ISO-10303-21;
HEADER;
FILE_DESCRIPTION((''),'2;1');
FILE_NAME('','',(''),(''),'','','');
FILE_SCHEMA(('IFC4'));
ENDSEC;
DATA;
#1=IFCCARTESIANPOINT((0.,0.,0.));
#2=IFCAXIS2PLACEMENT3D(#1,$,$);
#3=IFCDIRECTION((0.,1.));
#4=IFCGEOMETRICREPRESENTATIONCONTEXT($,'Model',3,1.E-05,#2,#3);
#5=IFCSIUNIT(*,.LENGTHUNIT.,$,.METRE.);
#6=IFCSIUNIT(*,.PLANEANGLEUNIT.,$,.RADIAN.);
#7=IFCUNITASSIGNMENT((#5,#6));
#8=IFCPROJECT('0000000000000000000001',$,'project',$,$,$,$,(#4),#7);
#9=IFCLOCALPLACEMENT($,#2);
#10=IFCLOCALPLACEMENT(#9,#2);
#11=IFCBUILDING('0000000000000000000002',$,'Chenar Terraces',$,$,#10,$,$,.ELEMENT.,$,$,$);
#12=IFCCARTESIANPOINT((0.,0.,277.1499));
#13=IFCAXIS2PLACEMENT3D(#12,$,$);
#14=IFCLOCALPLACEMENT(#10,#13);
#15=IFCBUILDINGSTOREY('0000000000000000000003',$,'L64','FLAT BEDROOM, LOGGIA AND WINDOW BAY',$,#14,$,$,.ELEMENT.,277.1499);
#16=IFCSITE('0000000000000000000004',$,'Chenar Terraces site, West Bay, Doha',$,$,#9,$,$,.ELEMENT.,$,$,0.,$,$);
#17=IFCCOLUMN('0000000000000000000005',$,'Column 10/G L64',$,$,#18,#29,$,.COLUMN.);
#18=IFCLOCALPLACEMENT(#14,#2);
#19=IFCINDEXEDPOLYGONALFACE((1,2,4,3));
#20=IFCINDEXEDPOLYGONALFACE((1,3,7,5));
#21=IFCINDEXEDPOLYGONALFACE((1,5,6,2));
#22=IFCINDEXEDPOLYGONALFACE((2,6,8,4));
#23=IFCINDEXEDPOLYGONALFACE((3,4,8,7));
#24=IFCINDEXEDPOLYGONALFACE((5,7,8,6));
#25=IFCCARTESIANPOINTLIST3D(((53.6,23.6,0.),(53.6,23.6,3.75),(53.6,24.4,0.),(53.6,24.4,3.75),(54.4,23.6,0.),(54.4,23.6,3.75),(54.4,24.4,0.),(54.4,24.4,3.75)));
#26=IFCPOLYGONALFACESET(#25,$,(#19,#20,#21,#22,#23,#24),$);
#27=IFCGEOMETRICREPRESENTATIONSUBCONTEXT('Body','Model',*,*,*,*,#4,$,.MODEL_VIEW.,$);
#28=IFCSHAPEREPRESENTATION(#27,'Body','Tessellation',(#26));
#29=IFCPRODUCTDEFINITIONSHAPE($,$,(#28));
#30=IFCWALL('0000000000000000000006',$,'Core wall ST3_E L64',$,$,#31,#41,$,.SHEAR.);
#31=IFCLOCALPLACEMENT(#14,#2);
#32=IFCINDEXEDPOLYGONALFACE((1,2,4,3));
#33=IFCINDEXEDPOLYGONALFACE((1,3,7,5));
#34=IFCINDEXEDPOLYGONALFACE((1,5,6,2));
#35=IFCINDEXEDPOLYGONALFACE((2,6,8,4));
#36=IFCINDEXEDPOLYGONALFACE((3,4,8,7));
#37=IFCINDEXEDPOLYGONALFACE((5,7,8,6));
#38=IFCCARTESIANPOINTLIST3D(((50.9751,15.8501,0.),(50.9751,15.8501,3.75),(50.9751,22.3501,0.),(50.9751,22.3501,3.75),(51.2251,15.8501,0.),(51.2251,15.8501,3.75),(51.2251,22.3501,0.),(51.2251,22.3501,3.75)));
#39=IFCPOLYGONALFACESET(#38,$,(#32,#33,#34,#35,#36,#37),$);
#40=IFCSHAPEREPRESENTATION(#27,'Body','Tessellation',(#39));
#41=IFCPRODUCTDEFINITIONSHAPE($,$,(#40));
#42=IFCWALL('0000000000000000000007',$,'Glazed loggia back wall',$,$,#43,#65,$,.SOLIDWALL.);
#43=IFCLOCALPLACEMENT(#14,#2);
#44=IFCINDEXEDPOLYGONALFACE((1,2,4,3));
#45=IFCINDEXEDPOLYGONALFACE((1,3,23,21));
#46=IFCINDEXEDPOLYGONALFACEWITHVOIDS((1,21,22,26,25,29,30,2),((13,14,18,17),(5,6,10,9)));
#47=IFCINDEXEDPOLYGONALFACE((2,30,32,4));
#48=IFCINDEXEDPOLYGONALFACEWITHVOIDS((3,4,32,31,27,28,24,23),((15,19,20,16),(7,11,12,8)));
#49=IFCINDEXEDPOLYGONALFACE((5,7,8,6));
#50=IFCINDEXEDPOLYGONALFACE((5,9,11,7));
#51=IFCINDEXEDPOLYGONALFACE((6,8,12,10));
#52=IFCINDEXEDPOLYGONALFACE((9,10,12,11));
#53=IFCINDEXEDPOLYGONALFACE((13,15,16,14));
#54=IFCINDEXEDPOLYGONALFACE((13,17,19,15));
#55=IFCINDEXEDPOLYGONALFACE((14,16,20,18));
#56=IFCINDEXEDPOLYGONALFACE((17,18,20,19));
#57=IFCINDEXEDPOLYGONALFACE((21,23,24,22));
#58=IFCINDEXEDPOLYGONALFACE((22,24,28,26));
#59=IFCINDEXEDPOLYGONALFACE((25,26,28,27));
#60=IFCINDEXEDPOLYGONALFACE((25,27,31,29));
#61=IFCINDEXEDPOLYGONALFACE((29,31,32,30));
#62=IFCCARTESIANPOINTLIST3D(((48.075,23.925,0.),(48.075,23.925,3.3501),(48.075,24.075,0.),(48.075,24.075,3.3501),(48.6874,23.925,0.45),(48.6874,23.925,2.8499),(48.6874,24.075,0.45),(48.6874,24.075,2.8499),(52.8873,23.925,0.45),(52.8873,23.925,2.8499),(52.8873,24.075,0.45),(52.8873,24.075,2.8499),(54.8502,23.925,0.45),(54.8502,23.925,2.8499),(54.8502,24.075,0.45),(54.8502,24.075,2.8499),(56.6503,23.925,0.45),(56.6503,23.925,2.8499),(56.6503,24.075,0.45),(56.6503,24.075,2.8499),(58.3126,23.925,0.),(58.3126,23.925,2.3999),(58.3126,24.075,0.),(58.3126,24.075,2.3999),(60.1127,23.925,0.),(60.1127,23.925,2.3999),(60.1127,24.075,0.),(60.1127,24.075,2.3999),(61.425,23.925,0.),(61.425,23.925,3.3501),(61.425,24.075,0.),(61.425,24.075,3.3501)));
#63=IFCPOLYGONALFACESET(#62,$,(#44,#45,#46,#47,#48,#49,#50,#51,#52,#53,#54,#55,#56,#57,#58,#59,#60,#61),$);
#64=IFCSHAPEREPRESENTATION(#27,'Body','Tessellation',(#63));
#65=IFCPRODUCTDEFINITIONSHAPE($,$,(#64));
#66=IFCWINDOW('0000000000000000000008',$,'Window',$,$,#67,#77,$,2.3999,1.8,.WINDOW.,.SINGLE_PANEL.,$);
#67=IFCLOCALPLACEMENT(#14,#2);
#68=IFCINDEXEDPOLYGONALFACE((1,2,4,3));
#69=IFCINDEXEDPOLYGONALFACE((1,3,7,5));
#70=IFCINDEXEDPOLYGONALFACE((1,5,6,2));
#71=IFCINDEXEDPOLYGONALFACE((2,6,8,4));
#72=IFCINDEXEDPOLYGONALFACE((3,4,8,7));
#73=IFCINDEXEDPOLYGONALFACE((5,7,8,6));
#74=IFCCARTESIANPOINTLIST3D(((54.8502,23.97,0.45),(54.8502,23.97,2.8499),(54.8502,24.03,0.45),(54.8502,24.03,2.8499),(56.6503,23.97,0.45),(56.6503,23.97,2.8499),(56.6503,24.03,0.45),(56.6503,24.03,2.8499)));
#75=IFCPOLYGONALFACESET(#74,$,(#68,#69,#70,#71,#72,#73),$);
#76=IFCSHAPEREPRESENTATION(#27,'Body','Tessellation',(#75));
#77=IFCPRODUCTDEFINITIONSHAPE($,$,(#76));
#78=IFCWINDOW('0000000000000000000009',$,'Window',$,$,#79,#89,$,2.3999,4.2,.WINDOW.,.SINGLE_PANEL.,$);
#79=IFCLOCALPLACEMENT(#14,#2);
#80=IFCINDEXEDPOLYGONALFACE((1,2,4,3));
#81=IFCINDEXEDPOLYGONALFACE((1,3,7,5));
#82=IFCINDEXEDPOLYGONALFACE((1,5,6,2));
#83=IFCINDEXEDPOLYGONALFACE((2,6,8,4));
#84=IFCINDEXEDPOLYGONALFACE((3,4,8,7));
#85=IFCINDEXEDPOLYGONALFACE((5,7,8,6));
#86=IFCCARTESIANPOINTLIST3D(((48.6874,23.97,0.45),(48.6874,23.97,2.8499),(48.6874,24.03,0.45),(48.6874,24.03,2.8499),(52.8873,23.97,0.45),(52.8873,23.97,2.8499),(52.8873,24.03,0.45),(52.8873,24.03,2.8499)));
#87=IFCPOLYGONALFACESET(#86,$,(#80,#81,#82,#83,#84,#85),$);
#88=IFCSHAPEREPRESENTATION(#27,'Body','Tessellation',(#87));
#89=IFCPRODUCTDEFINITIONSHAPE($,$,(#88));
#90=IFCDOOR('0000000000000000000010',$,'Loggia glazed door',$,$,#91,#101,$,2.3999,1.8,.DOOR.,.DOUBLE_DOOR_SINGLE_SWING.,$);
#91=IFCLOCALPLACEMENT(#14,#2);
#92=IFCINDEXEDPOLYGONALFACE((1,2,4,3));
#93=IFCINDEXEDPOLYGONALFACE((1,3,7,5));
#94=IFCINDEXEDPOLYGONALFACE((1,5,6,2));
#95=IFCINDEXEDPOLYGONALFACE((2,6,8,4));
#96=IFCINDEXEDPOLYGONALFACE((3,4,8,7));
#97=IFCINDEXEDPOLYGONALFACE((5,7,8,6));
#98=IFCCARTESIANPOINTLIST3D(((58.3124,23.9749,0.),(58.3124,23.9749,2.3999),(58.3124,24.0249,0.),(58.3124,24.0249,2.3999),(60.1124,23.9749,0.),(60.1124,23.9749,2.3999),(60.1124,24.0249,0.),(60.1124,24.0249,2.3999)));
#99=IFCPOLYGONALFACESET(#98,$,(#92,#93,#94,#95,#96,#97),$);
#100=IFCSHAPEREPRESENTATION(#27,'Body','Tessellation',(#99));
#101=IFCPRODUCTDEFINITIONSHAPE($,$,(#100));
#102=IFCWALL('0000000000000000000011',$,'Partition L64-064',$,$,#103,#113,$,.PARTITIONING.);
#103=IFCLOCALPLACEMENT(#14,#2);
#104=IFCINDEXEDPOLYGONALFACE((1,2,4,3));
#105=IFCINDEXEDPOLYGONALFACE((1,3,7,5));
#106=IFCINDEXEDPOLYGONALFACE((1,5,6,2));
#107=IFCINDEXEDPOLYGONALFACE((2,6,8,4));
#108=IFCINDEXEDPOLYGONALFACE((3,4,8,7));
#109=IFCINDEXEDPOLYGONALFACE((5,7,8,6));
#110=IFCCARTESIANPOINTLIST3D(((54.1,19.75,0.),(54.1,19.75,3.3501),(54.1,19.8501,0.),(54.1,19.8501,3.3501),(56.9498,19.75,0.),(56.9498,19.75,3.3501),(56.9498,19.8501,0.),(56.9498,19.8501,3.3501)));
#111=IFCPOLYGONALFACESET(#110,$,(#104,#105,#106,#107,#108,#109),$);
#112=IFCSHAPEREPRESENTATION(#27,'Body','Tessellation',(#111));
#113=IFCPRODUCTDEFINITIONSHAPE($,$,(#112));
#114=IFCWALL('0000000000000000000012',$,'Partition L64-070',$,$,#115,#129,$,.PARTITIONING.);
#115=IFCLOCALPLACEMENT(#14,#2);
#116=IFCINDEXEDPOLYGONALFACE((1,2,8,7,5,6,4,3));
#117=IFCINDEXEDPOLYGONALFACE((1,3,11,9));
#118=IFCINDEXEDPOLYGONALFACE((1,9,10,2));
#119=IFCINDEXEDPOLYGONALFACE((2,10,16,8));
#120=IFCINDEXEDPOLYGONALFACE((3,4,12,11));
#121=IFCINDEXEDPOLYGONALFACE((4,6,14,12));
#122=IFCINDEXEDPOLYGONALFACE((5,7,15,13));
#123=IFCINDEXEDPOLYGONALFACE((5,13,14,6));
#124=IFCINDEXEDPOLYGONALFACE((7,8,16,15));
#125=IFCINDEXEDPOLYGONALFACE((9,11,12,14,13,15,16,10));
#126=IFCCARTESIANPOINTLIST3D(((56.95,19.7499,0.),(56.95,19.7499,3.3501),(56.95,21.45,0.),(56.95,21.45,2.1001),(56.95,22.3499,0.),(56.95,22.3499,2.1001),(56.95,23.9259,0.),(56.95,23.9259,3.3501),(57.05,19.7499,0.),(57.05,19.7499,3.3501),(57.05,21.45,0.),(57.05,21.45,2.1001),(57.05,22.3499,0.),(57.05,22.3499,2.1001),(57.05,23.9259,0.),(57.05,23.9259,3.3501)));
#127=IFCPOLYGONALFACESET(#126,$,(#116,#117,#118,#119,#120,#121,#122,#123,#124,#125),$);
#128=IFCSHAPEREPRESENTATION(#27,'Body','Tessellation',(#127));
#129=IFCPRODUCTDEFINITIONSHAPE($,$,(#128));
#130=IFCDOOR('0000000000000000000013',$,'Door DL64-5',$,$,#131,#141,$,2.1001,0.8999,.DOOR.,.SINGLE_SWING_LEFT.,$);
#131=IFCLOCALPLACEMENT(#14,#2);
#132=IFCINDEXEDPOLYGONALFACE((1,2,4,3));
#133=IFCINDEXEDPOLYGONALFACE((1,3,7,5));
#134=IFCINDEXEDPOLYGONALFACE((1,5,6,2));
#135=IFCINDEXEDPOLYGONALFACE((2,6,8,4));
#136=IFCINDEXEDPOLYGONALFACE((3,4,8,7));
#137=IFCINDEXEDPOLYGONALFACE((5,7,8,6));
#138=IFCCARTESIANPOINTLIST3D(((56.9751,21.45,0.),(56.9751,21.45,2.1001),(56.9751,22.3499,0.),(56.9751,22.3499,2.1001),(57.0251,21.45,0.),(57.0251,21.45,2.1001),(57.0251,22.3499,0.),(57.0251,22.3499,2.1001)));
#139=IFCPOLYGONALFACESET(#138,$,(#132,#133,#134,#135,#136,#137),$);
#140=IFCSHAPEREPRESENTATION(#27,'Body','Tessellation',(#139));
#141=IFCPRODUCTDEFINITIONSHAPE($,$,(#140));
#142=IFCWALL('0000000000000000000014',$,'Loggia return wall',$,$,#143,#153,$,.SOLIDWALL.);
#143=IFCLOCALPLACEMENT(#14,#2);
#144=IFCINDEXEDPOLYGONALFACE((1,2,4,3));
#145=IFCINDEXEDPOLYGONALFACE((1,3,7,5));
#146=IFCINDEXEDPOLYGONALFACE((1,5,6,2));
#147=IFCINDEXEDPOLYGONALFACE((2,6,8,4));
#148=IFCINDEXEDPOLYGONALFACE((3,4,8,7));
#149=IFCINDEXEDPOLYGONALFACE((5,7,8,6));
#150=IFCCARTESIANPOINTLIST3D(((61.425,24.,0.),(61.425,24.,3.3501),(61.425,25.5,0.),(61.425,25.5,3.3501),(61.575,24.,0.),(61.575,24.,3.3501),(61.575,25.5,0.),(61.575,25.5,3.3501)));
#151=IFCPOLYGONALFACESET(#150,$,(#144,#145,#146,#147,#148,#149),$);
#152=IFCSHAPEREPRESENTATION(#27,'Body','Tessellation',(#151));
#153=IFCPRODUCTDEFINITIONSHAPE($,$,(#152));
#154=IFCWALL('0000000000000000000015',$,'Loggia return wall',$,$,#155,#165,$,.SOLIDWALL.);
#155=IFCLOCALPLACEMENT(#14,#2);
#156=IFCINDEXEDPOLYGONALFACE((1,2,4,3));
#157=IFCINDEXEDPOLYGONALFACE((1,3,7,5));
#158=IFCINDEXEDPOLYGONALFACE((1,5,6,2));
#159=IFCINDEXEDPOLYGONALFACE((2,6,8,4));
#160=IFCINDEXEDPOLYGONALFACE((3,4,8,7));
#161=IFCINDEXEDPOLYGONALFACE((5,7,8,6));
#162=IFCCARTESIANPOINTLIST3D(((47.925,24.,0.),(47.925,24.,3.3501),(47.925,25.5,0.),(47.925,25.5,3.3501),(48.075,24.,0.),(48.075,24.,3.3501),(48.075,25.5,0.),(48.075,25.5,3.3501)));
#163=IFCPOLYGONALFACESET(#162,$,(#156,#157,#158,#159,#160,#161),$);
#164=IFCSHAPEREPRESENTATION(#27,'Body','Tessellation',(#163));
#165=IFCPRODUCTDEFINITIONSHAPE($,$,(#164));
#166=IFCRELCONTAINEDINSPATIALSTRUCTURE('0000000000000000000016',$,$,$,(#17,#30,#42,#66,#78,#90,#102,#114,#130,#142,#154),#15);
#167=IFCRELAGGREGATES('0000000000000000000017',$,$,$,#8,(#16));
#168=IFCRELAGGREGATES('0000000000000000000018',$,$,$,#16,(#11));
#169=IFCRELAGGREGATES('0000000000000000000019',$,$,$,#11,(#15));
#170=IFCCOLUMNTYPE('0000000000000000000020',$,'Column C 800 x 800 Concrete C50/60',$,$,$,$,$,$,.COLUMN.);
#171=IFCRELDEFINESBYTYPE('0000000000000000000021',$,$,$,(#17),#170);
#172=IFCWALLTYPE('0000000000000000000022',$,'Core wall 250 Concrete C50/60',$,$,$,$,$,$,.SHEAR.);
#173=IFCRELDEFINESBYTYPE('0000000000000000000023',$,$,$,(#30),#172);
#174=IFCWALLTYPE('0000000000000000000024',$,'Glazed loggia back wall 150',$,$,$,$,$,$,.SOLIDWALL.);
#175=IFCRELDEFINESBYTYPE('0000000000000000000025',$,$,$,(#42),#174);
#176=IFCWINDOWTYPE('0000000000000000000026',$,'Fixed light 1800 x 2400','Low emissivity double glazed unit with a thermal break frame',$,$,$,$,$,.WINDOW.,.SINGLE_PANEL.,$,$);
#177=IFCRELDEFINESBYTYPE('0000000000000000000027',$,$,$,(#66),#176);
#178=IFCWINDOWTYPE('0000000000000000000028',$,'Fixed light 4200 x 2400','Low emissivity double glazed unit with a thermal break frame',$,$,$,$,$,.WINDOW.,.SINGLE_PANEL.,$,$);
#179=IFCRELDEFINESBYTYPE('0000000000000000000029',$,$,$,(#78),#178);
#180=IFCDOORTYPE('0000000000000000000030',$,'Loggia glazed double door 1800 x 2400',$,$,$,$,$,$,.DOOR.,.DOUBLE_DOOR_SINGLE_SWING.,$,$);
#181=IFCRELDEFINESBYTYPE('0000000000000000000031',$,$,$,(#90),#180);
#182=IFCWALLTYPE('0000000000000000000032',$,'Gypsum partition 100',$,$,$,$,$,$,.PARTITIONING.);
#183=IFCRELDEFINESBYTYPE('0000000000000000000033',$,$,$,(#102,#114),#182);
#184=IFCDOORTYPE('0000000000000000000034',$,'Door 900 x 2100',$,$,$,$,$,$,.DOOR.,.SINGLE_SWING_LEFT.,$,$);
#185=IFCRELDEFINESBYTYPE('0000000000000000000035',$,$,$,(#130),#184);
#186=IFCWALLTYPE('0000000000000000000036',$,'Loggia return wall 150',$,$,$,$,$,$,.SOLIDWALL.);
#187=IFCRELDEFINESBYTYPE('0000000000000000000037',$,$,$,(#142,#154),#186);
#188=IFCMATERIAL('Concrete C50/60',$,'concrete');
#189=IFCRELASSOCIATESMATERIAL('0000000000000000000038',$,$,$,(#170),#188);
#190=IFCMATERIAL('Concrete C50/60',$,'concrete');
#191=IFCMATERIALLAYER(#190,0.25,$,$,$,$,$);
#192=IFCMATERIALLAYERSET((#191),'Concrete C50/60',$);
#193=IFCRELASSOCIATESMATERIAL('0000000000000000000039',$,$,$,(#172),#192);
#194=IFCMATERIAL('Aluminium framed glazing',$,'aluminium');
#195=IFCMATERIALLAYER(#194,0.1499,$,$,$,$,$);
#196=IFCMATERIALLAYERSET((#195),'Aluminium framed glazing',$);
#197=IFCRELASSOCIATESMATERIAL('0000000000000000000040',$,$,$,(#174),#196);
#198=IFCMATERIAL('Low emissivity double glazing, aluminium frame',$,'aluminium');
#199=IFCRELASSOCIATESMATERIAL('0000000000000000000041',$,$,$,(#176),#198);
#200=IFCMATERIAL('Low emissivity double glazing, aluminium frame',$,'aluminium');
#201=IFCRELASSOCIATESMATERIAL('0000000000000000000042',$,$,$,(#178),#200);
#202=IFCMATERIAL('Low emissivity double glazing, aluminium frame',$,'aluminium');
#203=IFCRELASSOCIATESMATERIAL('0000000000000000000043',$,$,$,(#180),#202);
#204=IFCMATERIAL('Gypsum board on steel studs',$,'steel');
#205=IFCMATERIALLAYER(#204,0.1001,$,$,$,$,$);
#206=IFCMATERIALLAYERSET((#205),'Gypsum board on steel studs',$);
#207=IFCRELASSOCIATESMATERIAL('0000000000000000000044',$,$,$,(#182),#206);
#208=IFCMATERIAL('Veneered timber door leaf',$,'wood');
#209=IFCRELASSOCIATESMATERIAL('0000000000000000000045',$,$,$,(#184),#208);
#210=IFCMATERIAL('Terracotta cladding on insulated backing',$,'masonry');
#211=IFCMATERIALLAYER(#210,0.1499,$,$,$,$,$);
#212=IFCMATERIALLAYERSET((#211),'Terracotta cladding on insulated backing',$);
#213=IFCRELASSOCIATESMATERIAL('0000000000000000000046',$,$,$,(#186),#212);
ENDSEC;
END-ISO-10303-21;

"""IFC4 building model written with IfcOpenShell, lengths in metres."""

from ifc_helpers import new_model, si_unit, direction, frame, frame_2d, origin, origin_2d, place, context, subcontext, project, spatial, rectangle, extrude, material, layer, layer_set, material_profile, profile_set, type_object, element, fill, save


model = new_model("IFC4")

# Units and contexts
model_context = context("Model", 3, precision=1e-05, world=origin(), true_north=direction((0.0, 1.0)))
body_context = subcontext(model_context, "Body", "Model", "MODEL_VIEW")
ifc_project = project(units=[si_unit("LENGTHUNIT", "METRE"), si_unit("PLANEANGLEUNIT", "RADIAN")], contexts=[model_context])

# Site, building, storey
site_placement = place(None, origin())
site = spatial("IfcSite", under=ifc_project, at=site_placement, Name="Chenar Terraces site, West Bay, Doha", CompositionType="ELEMENT", RefElevation=0.0)
building_placement = place(site_placement, origin())
building = spatial("IfcBuilding", under=site, at=building_placement, Name="Chenar Terraces", CompositionType="ELEMENT")
storey_placement = place(building_placement, frame((0.0, 0.0, 277.1499)))
storey = spatial("IfcBuildingStorey", under=building, at=storey_placement, Name="L64", Description="FLAT BEDROOM, LOGGIA AND WINDOW BAY", CompositionType="ELEMENT", Elevation=277.1499)

# Column
ifc_material_1 = material(Name="Concrete C50/60", Category="concrete")
ifc_material_profile = material_profile(ifc_material_1, rectangle(XDim=0.8, YDim=0.8, at=origin_2d()), Name="C 800 x 800")
ifc_profile_set = profile_set([ifc_material_profile], Name="Concrete C50/60")
column_type = type_object("IfcColumnType", Name="Column C 800 x 800 Concrete C50/60", PredefinedType="COLUMN", material=ifc_profile_set)
column_placement = place(storey_placement, frame((54.0, 24.0, 0.0), z_axis=(0.0, 0.0, 1.0), x_axis=(1.0, 0.0, 0.0)))
element("IfcColumn", 1, at=column_placement, inside=storey, type_object=column_type, Name="Column 10/G L64", PredefinedType="COLUMN", context=body_context, shape_type="SweptSolid", body=[
    extrude(rectangle(XDim=0.8, YDim=0.8, at=origin_2d()), origin(), (0.0, 0.0, 1.0), 3.75),
])

# Wall
ifc_material_2 = material(Name="Concrete C50/60", Category="concrete")
ifc_layer_1 = layer(ifc_material_2, 0.25)
ifc_layer_set_1 = layer_set([ifc_layer_1], Name="Concrete C50/60")
wall_type_1 = type_object("IfcWallType", Name="Core wall 250 Concrete C50/60", PredefinedType="SHEAR", material=ifc_layer_set_1)
wall_1_placement = place(storey_placement, frame((51.1001, 15.8501, 0.0), z_axis=(0.0, 0.0, 1.0), x_axis=(0.0, 1.0, 0.0)))
element("IfcWall", 2, at=wall_1_placement, inside=storey, type_object=wall_type_1, Name="Core wall ST3_E L64", PredefinedType="SHEAR", context=body_context, shape_type="SweptSolid", body=[
    extrude(rectangle(XDim=6.5, YDim=0.25, at=frame_2d((3.25, 0.0))), origin(), (0.0, 0.0, 1.0), 3.75),
])

# Wall, openings, windows, door
ifc_material_3 = material(Name="Aluminium framed glazing", Category="aluminium")
ifc_layer_2 = layer(ifc_material_3, 0.1499)
ifc_layer_set_2 = layer_set([ifc_layer_2], Name="Aluminium framed glazing")
wall_type_2 = type_object("IfcWallType", Name="Glazed loggia back wall 150", PredefinedType="SOLIDWALL", material=ifc_layer_set_2)
wall_2_placement = place(storey_placement, frame((61.425, 24.0, 0.0), z_axis=(0.0, 0.0, 1.0), x_axis=(-1.0, 0.0, 0.0)))
wall_2 = element("IfcWall", 3, at=wall_2_placement, inside=storey, type_object=wall_type_2, Name="Glazed loggia back wall", PredefinedType="SOLIDWALL", context=body_context, shape_type="SweptSolid", body=[
    extrude(rectangle(XDim=13.3501, YDim=0.1499, at=frame_2d((6.675, 0.0))), origin(), (0.0, 0.0, 1.0), 3.3501),
])
opening_1_placement = place(wall_2_placement, frame((1.3125, 0.0, 0.0)))
opening_1 = element("IfcOpeningElement", 4, at=opening_1_placement, cuts=wall_2, PredefinedType="OPENING", context=body_context, shape_type="SweptSolid", body=[
    extrude(rectangle(XDim=1.8, YDim=2.3999, at=frame_2d((0.8999, 1.2))), frame((0.0, 0.085, 0.0), z_axis=(0.0, -1.0, 0.0), x_axis=(1.0, 0.0, 0.0)), (0.0, 0.0, 1.0), 0.1699),
])
opening_2_placement = place(wall_2_placement, frame((4.7749, 0.0, 0.45)))
opening_2 = element("IfcOpeningElement", 5, at=opening_2_placement, cuts=wall_2, PredefinedType="OPENING", context=body_context, shape_type="SweptSolid", body=[
    extrude(rectangle(XDim=1.8, YDim=2.3999, at=frame_2d((0.8999, 1.2))), frame((0.0, 0.085, 0.0), z_axis=(0.0, -1.0, 0.0), x_axis=(1.0, 0.0, 0.0)), (0.0, 0.0, 1.0), 0.1699),
])
opening_3_placement = place(wall_2_placement, frame((8.5376, 0.0, 0.45)))
opening_3 = element("IfcOpeningElement", 6, at=opening_3_placement, cuts=wall_2, PredefinedType="OPENING", context=body_context, shape_type="SweptSolid", body=[
    extrude(rectangle(XDim=4.2, YDim=2.3999, at=frame_2d((2.1001, 1.2))), frame((0.0, 0.085, 0.0), z_axis=(0.0, -1.0, 0.0), x_axis=(1.0, 0.0, 0.0)), (0.0, 0.0, 1.0), 0.1699),
])
ifc_material_4 = material(Name="Low emissivity double glazing, aluminium frame", Category="aluminium")
window_type_1 = type_object("IfcWindowType", Name="Fixed light 1800 x 2400", Description="Low emissivity double glazed unit with a thermal break frame", PartitioningType="SINGLE_PANEL", PredefinedType="WINDOW", material=ifc_material_4)
window_1_placement = place(opening_2_placement, origin())
window_1 = element("IfcWindow", 7, at=window_1_placement, inside=storey, type_object=window_type_1, Name="Window", OverallHeight=2.3999, OverallWidth=1.8, PartitioningType="SINGLE_PANEL", PredefinedType="WINDOW", context=body_context, shape_type="SweptSolid", body=[
    extrude(rectangle(XDim=1.8, YDim=2.3999, at=frame_2d((0.8999, 1.2))), frame((0.0, 0.03, 0.0), z_axis=(0.0, -1.0, 0.0), x_axis=(1.0, 0.0, 0.0)), (0.0, 0.0, 1.0), 0.0601),
])
fill(opening_2, window_1)
ifc_material_5 = material(Name="Low emissivity double glazing, aluminium frame", Category="aluminium")
window_type_2 = type_object("IfcWindowType", Name="Fixed light 4200 x 2400", Description="Low emissivity double glazed unit with a thermal break frame", PartitioningType="SINGLE_PANEL", PredefinedType="WINDOW", material=ifc_material_5)
window_2_placement = place(opening_3_placement, origin())
window_2 = element("IfcWindow", 8, at=window_2_placement, inside=storey, type_object=window_type_2, Name="Window", OverallHeight=2.3999, OverallWidth=4.2, PartitioningType="SINGLE_PANEL", PredefinedType="WINDOW", context=body_context, shape_type="SweptSolid", body=[
    extrude(rectangle(XDim=4.2, YDim=2.3999, at=frame_2d((2.1001, 1.2))), frame((0.0, 0.03, 0.0), z_axis=(0.0, -1.0, 0.0), x_axis=(1.0, 0.0, 0.0)), (0.0, 0.0, 1.0), 0.0601),
])
fill(opening_3, window_2)
ifc_material_6 = material(Name="Low emissivity double glazing, aluminium frame", Category="aluminium")
door_type_1 = type_object("IfcDoorType", Name="Loggia glazed double door 1800 x 2400", OperationType="DOUBLE_DOOR_SINGLE_SWING", PredefinedType="DOOR", material=ifc_material_6)
door_1_placement = place(opening_1_placement, frame((1.8, 0.0, 0.0), z_axis=(0.0, 0.0, 1.0), x_axis=(-1.0, 0.0, 0.0)))
door_1 = element("IfcDoor", 9, at=door_1_placement, inside=storey, type_object=door_type_1, Name="Loggia glazed door", OperationType="DOUBLE_DOOR_SINGLE_SWING", OverallHeight=2.3999, OverallWidth=1.8, PredefinedType="DOOR", context=body_context, shape_type="SweptSolid", body=[
    extrude(rectangle(XDim=1.8, YDim=2.3999, at=frame_2d((0.8999, 1.2))), frame((0.0, 0.0249, 0.0), z_axis=(0.0, -1.0, 0.0), x_axis=(1.0, 0.0, 0.0)), (0.0, 0.0, 1.0), 0.05),
])
fill(opening_1, door_1)

# Wall
ifc_material_7 = material(Name="Gypsum board on steel studs", Category="steel")
ifc_layer_3 = layer(ifc_material_7, 0.1001)
ifc_layer_set_3 = layer_set([ifc_layer_3], Name="Gypsum board on steel studs")
wall_type_3 = type_object("IfcWallType", Name="Gypsum partition 100", PredefinedType="PARTITIONING", material=ifc_layer_set_3)
wall_3_placement = place(storey_placement, frame((54.1001, 19.8, 0.0), z_axis=(0.0, 0.0, 1.0), x_axis=(1.0, 0.0, 0.0)))
element("IfcWall", 10, at=wall_3_placement, inside=storey, type_object=wall_type_3, Name="Partition L64-064", PredefinedType="PARTITIONING", context=body_context, shape_type="SweptSolid", body=[
    extrude(rectangle(XDim=2.8499, YDim=0.1001, at=frame_2d((1.4248, 0.0))), origin(), (0.0, 0.0, 1.0), 3.3501),
])

# Wall, opening, door
wall_4_placement = place(storey_placement, frame((57.0, 19.75, 0.0), z_axis=(0.0, 0.0, 1.0), x_axis=(0.0, 1.0, 0.0)))
wall_4 = element("IfcWall", 11, at=wall_4_placement, inside=storey, type_object=wall_type_3, Name="Partition L64-070", PredefinedType="PARTITIONING", context=body_context, shape_type="SweptSolid", body=[
    extrude(rectangle(XDim=4.176, YDim=0.1001, at=frame_2d((2.0879, 0.0))), origin(), (0.0, 0.0, 1.0), 3.3501),
])
opening_4_placement = place(wall_4_placement, frame((1.7, 0.0, 0.0)))
opening_4 = element("IfcOpeningElement", 12, at=opening_4_placement, cuts=wall_4, PredefinedType="OPENING", context=body_context, shape_type="SweptSolid", body=[
    extrude(rectangle(XDim=0.8999, YDim=2.1001, at=frame_2d((0.45, 1.05))), frame((0.0, 0.0601, 0.0), z_axis=(0.0, -1.0, 0.0), x_axis=(1.0, 0.0, 0.0)), (0.0, 0.0, 1.0), 0.1201),
])
ifc_material_8 = material(Name="Veneered timber door leaf", Category="wood")
door_type_2 = type_object("IfcDoorType", Name="Door 900 x 2100", OperationType="SINGLE_SWING_LEFT", PredefinedType="DOOR", material=ifc_material_8)
door_2_placement = place(opening_4_placement, origin())
door_2 = element("IfcDoor", 13, at=door_2_placement, inside=storey, type_object=door_type_2, Name="Door DL64-5", OperationType="SINGLE_SWING_LEFT", OverallHeight=2.1001, OverallWidth=0.8999, PredefinedType="DOOR", context=body_context, shape_type="SweptSolid", body=[
    extrude(rectangle(XDim=0.8999, YDim=2.1001, at=frame_2d((0.45, 1.05))), frame((0.0, 0.0249, 0.0), z_axis=(0.0, -1.0, 0.0), x_axis=(1.0, 0.0, 0.0)), (0.0, 0.0, 1.0), 0.05),
])
fill(opening_4, door_2)

# Walls
ifc_material_9 = material(Name="Terracotta cladding on insulated backing", Category="masonry")
ifc_layer_4 = layer(ifc_material_9, 0.1499)
ifc_layer_set_4 = layer_set([ifc_layer_4], Name="Terracotta cladding on insulated backing")
wall_type_4 = type_object("IfcWallType", Name="Loggia return wall 150", PredefinedType="SOLIDWALL", material=ifc_layer_set_4)
for number, where, z_axis, x_axis, name in (
    (14, (61.5, 25.5, 0.0), (0.0, 0.0, 1.0), (0.0, -1.0, 0.0), "Loggia return wall"),
    (15, (48.0, 25.5, 0.0), (0.0, 0.0, 1.0), (0.0, -1.0, 0.0), "Loggia return wall"),
):
    element("IfcWall", number, at=place(storey_placement, frame(where, z_axis=z_axis, x_axis=x_axis)), inside=storey, type_object=wall_type_4, Name=name, PredefinedType="SOLIDWALL", context=body_context, shape_type="SweptSolid", body=[
        extrude(rectangle(XDim=1.5, YDim=0.1499, at=frame_2d((0.75, 0.0))), origin(), (0.0, 0.0, 1.0), 3.3501),
    ])

save(model, "model.ifc")
